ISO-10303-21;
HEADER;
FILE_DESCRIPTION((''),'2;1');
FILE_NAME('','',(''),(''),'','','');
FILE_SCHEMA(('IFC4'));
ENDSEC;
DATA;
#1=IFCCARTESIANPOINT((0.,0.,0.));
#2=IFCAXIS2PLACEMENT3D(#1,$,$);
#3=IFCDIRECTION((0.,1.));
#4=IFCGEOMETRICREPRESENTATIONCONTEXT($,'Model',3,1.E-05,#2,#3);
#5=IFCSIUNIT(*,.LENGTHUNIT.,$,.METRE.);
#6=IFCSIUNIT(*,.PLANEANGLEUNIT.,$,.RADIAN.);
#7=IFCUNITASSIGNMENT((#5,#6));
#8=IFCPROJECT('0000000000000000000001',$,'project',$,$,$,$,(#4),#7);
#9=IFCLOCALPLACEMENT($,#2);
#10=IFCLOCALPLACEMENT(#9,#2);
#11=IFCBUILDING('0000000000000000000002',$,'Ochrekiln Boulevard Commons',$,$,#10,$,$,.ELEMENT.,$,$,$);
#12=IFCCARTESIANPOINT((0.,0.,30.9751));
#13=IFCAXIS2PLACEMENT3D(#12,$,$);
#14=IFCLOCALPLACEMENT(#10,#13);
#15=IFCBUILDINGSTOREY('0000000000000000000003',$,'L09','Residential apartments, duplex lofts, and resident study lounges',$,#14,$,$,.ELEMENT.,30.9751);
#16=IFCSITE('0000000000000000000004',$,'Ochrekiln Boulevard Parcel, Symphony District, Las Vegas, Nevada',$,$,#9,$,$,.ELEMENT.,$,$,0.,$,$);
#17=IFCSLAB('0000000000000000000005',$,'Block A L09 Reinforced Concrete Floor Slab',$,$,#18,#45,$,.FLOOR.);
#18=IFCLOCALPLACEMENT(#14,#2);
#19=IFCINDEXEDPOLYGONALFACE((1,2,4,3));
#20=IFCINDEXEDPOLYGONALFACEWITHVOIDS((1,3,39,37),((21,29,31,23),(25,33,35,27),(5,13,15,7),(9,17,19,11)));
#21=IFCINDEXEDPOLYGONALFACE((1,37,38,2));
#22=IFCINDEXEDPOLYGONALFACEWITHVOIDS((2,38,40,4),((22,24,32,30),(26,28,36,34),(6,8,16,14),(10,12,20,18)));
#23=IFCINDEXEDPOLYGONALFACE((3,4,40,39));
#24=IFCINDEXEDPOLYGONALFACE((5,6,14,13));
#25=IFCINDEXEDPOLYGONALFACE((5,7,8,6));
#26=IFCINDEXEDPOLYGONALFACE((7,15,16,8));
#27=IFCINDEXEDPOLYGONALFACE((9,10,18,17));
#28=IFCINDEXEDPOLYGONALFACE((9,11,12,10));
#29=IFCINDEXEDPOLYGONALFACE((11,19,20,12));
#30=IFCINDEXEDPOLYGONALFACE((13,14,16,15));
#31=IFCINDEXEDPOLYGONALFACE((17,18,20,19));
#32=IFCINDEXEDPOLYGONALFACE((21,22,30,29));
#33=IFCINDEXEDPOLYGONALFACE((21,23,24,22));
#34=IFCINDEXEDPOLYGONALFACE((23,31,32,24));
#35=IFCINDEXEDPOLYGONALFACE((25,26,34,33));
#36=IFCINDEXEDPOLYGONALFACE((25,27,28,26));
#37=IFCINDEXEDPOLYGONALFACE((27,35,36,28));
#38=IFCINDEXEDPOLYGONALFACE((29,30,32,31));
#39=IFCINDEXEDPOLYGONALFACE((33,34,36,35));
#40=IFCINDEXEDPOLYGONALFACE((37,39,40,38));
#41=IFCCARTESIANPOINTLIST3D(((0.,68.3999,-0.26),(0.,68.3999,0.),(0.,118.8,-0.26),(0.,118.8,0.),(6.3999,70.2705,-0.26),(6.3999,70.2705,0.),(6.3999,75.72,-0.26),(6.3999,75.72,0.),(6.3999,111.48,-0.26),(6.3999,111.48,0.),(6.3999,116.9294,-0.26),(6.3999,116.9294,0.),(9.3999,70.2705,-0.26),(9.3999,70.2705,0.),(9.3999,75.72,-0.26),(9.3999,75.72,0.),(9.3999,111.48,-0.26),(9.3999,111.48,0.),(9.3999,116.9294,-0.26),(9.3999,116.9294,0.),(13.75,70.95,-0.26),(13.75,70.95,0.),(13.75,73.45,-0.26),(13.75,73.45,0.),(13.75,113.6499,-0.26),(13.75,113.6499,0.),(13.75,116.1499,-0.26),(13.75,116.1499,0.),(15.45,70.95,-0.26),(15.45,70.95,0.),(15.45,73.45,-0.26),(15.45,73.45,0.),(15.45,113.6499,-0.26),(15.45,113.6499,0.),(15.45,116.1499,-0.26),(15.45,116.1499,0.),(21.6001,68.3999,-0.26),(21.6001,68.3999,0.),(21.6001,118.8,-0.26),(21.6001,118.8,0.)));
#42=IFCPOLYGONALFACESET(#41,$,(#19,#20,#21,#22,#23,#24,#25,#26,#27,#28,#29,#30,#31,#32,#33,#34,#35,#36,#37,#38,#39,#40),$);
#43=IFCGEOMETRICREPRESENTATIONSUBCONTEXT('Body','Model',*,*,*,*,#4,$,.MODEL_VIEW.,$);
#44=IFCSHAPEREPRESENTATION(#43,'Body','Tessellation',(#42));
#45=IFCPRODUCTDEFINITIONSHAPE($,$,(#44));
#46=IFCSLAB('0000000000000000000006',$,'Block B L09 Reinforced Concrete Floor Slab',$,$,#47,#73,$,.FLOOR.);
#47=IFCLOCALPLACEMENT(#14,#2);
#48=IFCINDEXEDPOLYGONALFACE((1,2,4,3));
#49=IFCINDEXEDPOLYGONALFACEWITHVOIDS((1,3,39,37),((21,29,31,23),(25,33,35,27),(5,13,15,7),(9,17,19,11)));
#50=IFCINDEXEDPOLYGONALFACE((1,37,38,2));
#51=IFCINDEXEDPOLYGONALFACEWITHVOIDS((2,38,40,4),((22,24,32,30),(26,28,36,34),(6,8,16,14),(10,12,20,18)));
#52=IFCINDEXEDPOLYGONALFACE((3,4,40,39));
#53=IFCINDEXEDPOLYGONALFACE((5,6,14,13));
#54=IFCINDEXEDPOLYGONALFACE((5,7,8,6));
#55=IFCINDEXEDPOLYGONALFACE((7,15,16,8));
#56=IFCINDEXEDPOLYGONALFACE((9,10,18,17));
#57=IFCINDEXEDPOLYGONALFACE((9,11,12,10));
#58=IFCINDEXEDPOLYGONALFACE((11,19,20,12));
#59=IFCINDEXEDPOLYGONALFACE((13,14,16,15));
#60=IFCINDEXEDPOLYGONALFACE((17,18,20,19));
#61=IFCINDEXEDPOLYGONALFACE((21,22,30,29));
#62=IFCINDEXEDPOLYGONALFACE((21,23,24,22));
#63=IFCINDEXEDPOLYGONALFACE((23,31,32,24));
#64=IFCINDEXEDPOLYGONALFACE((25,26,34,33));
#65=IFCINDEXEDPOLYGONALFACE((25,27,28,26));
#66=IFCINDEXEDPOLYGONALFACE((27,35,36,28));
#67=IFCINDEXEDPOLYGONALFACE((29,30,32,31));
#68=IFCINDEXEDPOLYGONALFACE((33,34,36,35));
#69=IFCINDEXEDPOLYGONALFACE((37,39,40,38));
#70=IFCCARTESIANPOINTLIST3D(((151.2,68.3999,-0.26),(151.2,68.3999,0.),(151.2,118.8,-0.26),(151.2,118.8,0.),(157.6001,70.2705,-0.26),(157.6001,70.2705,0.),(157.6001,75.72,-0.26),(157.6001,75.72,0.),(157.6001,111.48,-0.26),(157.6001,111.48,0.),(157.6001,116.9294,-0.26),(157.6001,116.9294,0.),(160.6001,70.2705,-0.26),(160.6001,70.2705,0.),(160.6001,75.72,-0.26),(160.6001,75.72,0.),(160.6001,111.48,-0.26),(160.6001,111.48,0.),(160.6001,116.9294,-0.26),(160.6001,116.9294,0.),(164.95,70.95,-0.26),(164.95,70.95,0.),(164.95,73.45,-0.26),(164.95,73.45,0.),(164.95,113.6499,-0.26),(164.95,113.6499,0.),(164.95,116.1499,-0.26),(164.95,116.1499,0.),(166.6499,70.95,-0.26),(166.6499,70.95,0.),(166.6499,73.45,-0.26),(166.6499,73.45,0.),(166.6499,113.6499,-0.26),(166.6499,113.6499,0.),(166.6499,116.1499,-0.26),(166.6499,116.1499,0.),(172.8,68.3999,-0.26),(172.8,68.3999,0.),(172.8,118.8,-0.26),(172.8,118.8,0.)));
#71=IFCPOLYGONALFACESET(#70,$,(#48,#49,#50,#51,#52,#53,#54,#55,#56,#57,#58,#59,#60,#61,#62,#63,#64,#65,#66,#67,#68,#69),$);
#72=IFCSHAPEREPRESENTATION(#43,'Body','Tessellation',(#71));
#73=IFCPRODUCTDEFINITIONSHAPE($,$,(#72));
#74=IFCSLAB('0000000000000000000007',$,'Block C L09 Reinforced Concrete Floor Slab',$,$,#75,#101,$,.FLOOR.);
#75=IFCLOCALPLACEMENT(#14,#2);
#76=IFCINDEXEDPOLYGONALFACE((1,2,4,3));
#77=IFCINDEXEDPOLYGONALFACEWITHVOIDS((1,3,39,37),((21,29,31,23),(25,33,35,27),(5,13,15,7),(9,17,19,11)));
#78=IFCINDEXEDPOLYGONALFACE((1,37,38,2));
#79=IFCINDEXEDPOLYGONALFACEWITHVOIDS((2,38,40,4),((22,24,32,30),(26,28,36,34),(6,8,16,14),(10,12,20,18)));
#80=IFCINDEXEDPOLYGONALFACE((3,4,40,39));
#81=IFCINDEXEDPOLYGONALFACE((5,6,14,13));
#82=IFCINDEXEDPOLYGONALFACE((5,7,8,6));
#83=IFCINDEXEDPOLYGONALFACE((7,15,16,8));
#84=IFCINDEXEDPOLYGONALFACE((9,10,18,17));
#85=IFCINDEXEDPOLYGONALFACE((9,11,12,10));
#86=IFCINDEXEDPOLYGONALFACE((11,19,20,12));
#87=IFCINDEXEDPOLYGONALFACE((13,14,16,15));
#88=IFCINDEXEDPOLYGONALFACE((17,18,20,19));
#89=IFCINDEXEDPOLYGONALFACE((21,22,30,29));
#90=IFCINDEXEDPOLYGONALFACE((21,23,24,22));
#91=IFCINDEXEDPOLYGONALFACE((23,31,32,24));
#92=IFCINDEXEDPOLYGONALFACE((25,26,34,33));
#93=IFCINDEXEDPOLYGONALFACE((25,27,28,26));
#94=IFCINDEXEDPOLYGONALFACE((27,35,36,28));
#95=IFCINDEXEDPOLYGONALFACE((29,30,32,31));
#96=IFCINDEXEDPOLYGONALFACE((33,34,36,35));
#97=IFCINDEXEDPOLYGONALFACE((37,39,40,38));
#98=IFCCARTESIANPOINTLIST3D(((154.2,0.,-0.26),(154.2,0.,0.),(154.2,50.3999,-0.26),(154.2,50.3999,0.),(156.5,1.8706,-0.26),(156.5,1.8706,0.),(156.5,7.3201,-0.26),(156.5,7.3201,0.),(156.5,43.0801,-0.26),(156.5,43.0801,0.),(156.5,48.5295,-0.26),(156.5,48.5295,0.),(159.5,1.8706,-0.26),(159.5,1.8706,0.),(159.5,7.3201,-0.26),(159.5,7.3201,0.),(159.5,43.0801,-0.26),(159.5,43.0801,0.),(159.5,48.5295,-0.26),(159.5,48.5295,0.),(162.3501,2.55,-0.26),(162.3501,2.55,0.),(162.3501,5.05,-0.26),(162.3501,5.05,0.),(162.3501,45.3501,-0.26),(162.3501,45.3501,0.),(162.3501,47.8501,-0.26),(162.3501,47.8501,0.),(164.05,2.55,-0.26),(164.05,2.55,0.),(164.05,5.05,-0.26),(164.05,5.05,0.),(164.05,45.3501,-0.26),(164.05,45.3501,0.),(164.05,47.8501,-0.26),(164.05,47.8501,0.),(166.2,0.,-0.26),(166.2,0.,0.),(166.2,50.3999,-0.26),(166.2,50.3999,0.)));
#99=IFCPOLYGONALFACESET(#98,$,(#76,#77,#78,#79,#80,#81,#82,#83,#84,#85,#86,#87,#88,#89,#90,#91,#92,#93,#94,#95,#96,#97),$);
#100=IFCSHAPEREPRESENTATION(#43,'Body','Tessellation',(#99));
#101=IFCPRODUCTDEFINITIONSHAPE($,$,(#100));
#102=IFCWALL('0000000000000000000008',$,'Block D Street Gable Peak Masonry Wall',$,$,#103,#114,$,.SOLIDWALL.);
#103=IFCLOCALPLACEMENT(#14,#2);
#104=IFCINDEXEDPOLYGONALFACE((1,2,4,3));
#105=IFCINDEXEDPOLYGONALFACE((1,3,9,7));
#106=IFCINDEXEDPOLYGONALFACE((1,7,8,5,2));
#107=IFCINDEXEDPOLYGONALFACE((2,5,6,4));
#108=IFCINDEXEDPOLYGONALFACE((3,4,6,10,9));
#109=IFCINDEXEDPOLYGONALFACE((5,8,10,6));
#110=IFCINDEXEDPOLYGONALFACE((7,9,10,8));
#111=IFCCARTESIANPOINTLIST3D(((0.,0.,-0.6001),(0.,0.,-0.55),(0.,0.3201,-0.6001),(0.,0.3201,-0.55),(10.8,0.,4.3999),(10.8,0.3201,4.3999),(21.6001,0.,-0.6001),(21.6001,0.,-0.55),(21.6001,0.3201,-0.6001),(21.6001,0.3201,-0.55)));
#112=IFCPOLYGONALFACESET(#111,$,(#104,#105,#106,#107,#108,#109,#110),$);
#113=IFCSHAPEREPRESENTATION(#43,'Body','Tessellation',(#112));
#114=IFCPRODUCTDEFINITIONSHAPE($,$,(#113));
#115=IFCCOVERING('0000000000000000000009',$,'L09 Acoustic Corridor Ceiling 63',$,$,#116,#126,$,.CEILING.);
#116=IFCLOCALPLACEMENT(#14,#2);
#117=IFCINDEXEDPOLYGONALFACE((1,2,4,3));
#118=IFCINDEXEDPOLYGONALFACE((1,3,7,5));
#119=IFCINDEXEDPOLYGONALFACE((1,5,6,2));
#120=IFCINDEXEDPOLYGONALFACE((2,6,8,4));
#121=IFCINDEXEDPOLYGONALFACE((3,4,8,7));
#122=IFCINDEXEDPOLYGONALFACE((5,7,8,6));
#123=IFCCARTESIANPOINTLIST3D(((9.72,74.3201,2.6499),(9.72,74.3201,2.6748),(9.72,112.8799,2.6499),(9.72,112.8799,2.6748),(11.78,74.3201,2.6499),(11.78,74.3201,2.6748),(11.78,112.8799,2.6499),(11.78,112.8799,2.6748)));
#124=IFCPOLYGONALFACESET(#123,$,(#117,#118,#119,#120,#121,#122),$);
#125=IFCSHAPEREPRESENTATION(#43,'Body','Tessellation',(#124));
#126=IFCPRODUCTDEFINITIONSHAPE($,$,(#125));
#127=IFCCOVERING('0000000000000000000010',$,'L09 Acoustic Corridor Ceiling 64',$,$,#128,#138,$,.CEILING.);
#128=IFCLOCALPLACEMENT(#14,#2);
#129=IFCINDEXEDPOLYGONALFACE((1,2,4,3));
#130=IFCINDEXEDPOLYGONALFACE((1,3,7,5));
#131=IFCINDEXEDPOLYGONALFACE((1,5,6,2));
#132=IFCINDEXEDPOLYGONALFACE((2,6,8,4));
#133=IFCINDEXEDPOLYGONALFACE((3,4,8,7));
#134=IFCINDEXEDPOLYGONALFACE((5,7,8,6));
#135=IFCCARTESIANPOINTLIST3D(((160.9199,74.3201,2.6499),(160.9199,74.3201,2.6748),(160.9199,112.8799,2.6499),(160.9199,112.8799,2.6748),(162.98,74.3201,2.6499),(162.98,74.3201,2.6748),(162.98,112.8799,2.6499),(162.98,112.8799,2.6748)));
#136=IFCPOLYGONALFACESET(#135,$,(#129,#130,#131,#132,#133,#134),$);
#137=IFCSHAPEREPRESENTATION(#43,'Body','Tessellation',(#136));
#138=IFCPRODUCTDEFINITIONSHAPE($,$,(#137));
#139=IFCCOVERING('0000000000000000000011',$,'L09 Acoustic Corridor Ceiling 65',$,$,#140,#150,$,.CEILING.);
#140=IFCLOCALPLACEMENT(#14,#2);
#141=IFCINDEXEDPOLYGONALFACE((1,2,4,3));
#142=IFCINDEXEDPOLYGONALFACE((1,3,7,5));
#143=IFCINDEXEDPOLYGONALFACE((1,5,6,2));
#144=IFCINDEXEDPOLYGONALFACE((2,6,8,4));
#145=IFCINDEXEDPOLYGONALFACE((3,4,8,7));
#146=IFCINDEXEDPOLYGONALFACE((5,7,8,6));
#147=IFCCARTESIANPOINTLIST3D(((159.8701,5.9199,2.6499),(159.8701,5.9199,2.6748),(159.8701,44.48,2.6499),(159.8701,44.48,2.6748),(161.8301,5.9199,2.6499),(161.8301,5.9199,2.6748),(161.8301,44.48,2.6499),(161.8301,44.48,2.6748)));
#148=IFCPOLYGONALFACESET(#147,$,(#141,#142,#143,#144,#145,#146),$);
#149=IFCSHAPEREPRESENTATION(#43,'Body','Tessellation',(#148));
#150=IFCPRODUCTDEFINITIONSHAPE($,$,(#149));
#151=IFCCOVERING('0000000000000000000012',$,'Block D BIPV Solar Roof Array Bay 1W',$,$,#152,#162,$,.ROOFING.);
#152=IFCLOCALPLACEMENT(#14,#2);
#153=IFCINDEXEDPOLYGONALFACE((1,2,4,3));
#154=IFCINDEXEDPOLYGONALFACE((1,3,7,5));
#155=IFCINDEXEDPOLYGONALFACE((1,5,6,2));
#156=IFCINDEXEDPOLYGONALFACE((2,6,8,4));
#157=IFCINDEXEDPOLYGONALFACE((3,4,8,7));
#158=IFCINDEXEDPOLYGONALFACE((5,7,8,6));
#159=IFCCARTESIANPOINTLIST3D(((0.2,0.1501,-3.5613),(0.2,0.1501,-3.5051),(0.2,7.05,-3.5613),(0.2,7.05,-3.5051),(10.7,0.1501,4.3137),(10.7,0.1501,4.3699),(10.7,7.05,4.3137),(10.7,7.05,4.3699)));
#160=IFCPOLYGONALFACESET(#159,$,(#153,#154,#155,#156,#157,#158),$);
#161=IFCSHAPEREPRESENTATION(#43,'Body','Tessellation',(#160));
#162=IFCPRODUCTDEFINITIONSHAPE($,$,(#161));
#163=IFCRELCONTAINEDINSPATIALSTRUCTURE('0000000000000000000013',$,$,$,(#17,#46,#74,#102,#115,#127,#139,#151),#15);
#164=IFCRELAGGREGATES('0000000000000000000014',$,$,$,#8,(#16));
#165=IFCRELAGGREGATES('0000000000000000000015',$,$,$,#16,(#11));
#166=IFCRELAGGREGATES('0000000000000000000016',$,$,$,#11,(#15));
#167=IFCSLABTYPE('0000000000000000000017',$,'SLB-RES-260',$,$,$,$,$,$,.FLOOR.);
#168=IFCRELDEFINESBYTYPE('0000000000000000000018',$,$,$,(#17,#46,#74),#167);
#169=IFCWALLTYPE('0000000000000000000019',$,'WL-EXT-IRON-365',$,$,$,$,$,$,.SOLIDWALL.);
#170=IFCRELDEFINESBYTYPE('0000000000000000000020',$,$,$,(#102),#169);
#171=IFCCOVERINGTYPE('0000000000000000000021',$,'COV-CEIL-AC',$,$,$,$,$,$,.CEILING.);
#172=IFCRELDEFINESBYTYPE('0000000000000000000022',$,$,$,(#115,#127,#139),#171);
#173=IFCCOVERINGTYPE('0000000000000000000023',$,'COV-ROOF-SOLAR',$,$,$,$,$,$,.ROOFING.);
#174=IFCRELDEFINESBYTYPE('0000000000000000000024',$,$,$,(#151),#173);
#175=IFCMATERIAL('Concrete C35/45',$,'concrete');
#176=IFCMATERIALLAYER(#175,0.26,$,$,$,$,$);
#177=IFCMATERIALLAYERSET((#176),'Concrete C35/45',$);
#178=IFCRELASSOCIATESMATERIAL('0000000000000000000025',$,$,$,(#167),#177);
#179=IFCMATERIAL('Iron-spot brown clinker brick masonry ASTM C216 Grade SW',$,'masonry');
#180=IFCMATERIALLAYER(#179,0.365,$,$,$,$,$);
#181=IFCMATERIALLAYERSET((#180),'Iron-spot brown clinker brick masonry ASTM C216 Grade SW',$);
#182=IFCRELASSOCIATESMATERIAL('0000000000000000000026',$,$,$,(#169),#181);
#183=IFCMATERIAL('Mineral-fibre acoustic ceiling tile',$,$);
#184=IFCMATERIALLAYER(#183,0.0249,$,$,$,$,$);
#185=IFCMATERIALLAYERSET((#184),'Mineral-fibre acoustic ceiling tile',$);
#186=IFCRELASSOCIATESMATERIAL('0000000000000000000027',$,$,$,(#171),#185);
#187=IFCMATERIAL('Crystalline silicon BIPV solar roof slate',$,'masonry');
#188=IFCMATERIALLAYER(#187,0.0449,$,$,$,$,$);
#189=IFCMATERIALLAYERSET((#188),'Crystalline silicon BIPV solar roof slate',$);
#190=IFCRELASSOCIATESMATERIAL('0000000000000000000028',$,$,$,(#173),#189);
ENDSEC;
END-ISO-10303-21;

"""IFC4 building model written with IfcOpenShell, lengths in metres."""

from ifc_helpers import new_model, si_unit, direction, frame, origin, place, context, subcontext, project, spatial, polyline, outline, extrude, material, layer, layer_set, type_object, element, save


model = new_model("IFC4")

# Units and contexts
model_context = context("Model", 3, precision=1e-05, world=origin(), true_north=direction((0.0, 1.0)))
body_context = subcontext(model_context, "Body", "Model", "MODEL_VIEW")
ifc_project = project(units=[si_unit("LENGTHUNIT", "METRE"), si_unit("PLANEANGLEUNIT", "RADIAN")], contexts=[model_context])

# Site, building, storey
site_placement = place(None, origin())
site = spatial("IfcSite", under=ifc_project, at=site_placement, Name="Ochrekiln Boulevard Parcel, Symphony District, Las Vegas, Nevada", CompositionType="ELEMENT", RefElevation=0.0)
building_placement = place(site_placement, origin())
building = spatial("IfcBuilding", under=site, at=building_placement, Name="Ochrekiln Boulevard Commons", CompositionType="ELEMENT")
storey_placement = place(building_placement, frame((0.0, 0.0, 30.9751)))
storey = spatial("IfcBuildingStorey", under=building, at=storey_placement, Name="L09", Description="Residential apartments, duplex lofts, and resident study lounges", CompositionType="ELEMENT", Elevation=30.9751)

# Shared definitions
ifc_material_1 = material(Name="Concrete C35/45", Category="concrete")

# Slabs
ifc_layer_1 = layer(ifc_material_1, 0.26)
ifc_layer_set_1 = layer_set([ifc_layer_1], Name="Concrete C35/45")
slab_type_1 = type_object("IfcSlabType", Name="SLB-RES-260", PredefinedType="FLOOR", material=ifc_layer_set_1)
slab_1_placement = place(storey_placement, frame((0.0, 0.0, -0.26)))
element("IfcSlab", 1, at=slab_1_placement, inside=storey, type_object=slab_type_1, Name="Block A L09 Reinforced Concrete Floor Slab", PredefinedType="FLOOR", context=body_context, shape_type="SweptSolid", body=[
    extrude(outline(polyline([(0.0, 68.3999), (21.6001, 68.3999), (21.6001, 118.8), (0.0, 118.8), (0.0, 68.3999)]), holes=[polyline([(9.3999, 70.2705), (9.3999, 75.72), (6.3999, 75.72), (6.3999, 70.2705), (9.3999, 70.2705)]), polyline([(6.3999, 116.9294), (6.3999, 111.48), (9.3999, 111.48), (9.3999, 116.9294), (6.3999, 116.9294)]), polyline([(13.75, 70.95), (15.45, 70.95), (15.45, 73.45), (13.75, 73.45), (13.75, 70.95)]), polyline([(13.75, 113.6499), (15.45, 113.6499), (15.45, 116.1499), (13.75, 116.1499), (13.75, 113.6499)])]), origin(), (0.0, 0.0, 1.0), 0.26),
])
slab_2_placement = place(storey_placement, frame((0.0, 0.0, -0.26)))
element("IfcSlab", 2, at=slab_2_placement, inside=storey, type_object=slab_type_1, Name="Block B L09 Reinforced Concrete Floor Slab", PredefinedType="FLOOR", context=body_context, shape_type="SweptSolid", body=[
    extrude(outline(polyline([(151.2, 68.3999), (172.8, 68.3999), (172.8, 118.8), (151.2, 118.8), (151.2, 68.3999)]), holes=[polyline([(160.6001, 70.2705), (160.6001, 75.72), (157.6001, 75.72), (157.6001, 70.2705), (160.6001, 70.2705)]), polyline([(157.6001, 116.9294), (157.6001, 111.48), (160.6001, 111.48), (160.6001, 116.9294), (157.6001, 116.9294)]), polyline([(164.95, 70.95), (166.6499, 70.95), (166.6499, 73.45), (164.95, 73.45), (164.95, 70.95)]), polyline([(164.95, 113.6499), (166.6499, 113.6499), (166.6499, 116.1499), (164.95, 116.1499), (164.95, 113.6499)])]), origin(), (0.0, 0.0, 1.0), 0.26),
])
slab_3_placement = place(storey_placement, frame((0.0, 0.0, -0.26)))
element("IfcSlab", 3, at=slab_3_placement, inside=storey, type_object=slab_type_1, Name="Block C L09 Reinforced Concrete Floor Slab", PredefinedType="FLOOR", context=body_context, shape_type="SweptSolid", body=[
    extrude(outline(polyline([(154.2, 0.0), (166.2, 0.0), (166.2, 50.3999), (154.2, 50.3999), (154.2, 0.0)]), holes=[polyline([(159.5, 1.8706), (159.5, 7.3201), (156.5, 7.3201), (156.5, 1.8706), (159.5, 1.8706)]), polyline([(156.5, 48.5295), (156.5, 43.0801), (159.5, 43.0801), (159.5, 48.5295), (156.5, 48.5295)]), polyline([(162.3501, 2.55), (164.05, 2.55), (164.05, 5.05), (162.3501, 5.05), (162.3501, 2.55)]), polyline([(162.3501, 45.3501), (164.05, 45.3501), (164.05, 47.8501), (162.3501, 47.8501), (162.3501, 45.3501)])]), origin(), (0.0, 0.0, 1.0), 0.26),
])

# Wall
ifc_material_2 = material(Name="Iron-spot brown clinker brick masonry ASTM C216 Grade SW", Category="masonry")
ifc_layer_2 = layer(ifc_material_2, 0.365)
ifc_layer_set_2 = layer_set([ifc_layer_2], Name="Iron-spot brown clinker brick masonry ASTM C216 Grade SW")
wall_type = type_object("IfcWallType", Name="WL-EXT-IRON-365", PredefinedType="SOLIDWALL", material=ifc_layer_set_2)
wall_placement = place(storey_placement, frame((0.0, 0.1599, -0.6001), z_axis=(0.0, 0.0, 1.0), x_axis=(1.0, 0.0, 0.0)))
element("IfcWall", 4, at=wall_placement, inside=storey, type_object=wall_type, Name="Block D Street Gable Peak Masonry Wall", PredefinedType="SOLIDWALL", context=body_context, shape_type="SweptSolid", body=[
    extrude(outline(polyline([(0.0, 0.0), (21.6001, 0.0), (21.6001, 0.05), (10.8, 5.0), (0.0, 0.05), (0.0, 0.0)])), frame((0.0, 0.1602, 0.0), z_axis=(0.0, -1.0, 0.0), x_axis=(1.0, 0.0, 0.0)), (0.0, 0.0, 1.0), 0.3201),
])

# Coverings
ifc_material_3 = material(Name="Mineral-fibre acoustic ceiling tile")
ifc_layer_3 = layer(ifc_material_3, 0.0249)
ifc_layer_set_3 = layer_set([ifc_layer_3], Name="Mineral-fibre acoustic ceiling tile")
covering_type_1 = type_object("IfcCoveringType", Name="COV-CEIL-AC", PredefinedType="CEILING", material=ifc_layer_set_3)
covering_1_placement = place(storey_placement, frame((0.0, 0.0, 2.6499)))
element("IfcCovering", 5, at=covering_1_placement, inside=storey, type_object=covering_type_1, Name="L09 Acoustic Corridor Ceiling 63", PredefinedType="CEILING", context=body_context, shape_type="SweptSolid", body=[
    extrude(outline(polyline([(9.72, 74.3201), (11.78, 74.3201), (11.78, 112.8799), (9.72, 112.8799), (9.72, 74.3201)])), origin(), (0.0, 0.0, 1.0), 0.0249),
])
covering_2_placement = place(storey_placement, frame((0.0, 0.0, 2.6499)))
element("IfcCovering", 6, at=covering_2_placement, inside=storey, type_object=covering_type_1, Name="L09 Acoustic Corridor Ceiling 64", PredefinedType="CEILING", context=body_context, shape_type="SweptSolid", body=[
    extrude(outline(polyline([(160.9199, 74.3201), (162.98, 74.3201), (162.98, 112.8799), (160.9199, 112.8799), (160.9199, 74.3201)])), origin(), (0.0, 0.0, 1.0), 0.0249),
])
covering_3_placement = place(storey_placement, frame((0.0, 0.0, 2.6499)))
element("IfcCovering", 7, at=covering_3_placement, inside=storey, type_object=covering_type_1, Name="L09 Acoustic Corridor Ceiling 65", PredefinedType="CEILING", context=body_context, shape_type="SweptSolid", body=[
    extrude(outline(polyline([(159.8701, 5.9199), (161.8301, 5.9199), (161.8301, 44.48), (159.8701, 44.48), (159.8701, 5.9199)])), origin(), (0.0, 0.0, 1.0), 0.0249),
])
ifc_material_4 = material(Name="Crystalline silicon BIPV solar roof slate", Category="masonry")
ifc_layer_4 = layer(ifc_material_4, 0.0449)
ifc_layer_set_4 = layer_set([ifc_layer_4], Name="Crystalline silicon BIPV solar roof slate")
covering_type_2 = type_object("IfcCoveringType", Name="COV-ROOF-SOLAR", PredefinedType="ROOFING", material=ifc_layer_set_4)
covering_4_placement = place(storey_placement, frame((0.2, 7.05, -3.5051), z_axis=(0.0, -1.0, 0.0), x_axis=(1.0, 0.0, 0.0)))
element("IfcCovering", 8, at=covering_4_placement, inside=storey, type_object=covering_type_2, Name="Block D BIPV Solar Roof Array Bay 1W", PredefinedType="ROOFING", context=body_context, shape_type="SweptSolid", body=[
    extrude(outline(polyline([(0.0, 0.0), (10.5, 7.875), (10.5, 7.8188), (0.0, -0.0562), (0.0, 0.0)])), origin(), (0.0, 0.0, 1.0), 6.8999),
])

save(model, "model.ifc")
